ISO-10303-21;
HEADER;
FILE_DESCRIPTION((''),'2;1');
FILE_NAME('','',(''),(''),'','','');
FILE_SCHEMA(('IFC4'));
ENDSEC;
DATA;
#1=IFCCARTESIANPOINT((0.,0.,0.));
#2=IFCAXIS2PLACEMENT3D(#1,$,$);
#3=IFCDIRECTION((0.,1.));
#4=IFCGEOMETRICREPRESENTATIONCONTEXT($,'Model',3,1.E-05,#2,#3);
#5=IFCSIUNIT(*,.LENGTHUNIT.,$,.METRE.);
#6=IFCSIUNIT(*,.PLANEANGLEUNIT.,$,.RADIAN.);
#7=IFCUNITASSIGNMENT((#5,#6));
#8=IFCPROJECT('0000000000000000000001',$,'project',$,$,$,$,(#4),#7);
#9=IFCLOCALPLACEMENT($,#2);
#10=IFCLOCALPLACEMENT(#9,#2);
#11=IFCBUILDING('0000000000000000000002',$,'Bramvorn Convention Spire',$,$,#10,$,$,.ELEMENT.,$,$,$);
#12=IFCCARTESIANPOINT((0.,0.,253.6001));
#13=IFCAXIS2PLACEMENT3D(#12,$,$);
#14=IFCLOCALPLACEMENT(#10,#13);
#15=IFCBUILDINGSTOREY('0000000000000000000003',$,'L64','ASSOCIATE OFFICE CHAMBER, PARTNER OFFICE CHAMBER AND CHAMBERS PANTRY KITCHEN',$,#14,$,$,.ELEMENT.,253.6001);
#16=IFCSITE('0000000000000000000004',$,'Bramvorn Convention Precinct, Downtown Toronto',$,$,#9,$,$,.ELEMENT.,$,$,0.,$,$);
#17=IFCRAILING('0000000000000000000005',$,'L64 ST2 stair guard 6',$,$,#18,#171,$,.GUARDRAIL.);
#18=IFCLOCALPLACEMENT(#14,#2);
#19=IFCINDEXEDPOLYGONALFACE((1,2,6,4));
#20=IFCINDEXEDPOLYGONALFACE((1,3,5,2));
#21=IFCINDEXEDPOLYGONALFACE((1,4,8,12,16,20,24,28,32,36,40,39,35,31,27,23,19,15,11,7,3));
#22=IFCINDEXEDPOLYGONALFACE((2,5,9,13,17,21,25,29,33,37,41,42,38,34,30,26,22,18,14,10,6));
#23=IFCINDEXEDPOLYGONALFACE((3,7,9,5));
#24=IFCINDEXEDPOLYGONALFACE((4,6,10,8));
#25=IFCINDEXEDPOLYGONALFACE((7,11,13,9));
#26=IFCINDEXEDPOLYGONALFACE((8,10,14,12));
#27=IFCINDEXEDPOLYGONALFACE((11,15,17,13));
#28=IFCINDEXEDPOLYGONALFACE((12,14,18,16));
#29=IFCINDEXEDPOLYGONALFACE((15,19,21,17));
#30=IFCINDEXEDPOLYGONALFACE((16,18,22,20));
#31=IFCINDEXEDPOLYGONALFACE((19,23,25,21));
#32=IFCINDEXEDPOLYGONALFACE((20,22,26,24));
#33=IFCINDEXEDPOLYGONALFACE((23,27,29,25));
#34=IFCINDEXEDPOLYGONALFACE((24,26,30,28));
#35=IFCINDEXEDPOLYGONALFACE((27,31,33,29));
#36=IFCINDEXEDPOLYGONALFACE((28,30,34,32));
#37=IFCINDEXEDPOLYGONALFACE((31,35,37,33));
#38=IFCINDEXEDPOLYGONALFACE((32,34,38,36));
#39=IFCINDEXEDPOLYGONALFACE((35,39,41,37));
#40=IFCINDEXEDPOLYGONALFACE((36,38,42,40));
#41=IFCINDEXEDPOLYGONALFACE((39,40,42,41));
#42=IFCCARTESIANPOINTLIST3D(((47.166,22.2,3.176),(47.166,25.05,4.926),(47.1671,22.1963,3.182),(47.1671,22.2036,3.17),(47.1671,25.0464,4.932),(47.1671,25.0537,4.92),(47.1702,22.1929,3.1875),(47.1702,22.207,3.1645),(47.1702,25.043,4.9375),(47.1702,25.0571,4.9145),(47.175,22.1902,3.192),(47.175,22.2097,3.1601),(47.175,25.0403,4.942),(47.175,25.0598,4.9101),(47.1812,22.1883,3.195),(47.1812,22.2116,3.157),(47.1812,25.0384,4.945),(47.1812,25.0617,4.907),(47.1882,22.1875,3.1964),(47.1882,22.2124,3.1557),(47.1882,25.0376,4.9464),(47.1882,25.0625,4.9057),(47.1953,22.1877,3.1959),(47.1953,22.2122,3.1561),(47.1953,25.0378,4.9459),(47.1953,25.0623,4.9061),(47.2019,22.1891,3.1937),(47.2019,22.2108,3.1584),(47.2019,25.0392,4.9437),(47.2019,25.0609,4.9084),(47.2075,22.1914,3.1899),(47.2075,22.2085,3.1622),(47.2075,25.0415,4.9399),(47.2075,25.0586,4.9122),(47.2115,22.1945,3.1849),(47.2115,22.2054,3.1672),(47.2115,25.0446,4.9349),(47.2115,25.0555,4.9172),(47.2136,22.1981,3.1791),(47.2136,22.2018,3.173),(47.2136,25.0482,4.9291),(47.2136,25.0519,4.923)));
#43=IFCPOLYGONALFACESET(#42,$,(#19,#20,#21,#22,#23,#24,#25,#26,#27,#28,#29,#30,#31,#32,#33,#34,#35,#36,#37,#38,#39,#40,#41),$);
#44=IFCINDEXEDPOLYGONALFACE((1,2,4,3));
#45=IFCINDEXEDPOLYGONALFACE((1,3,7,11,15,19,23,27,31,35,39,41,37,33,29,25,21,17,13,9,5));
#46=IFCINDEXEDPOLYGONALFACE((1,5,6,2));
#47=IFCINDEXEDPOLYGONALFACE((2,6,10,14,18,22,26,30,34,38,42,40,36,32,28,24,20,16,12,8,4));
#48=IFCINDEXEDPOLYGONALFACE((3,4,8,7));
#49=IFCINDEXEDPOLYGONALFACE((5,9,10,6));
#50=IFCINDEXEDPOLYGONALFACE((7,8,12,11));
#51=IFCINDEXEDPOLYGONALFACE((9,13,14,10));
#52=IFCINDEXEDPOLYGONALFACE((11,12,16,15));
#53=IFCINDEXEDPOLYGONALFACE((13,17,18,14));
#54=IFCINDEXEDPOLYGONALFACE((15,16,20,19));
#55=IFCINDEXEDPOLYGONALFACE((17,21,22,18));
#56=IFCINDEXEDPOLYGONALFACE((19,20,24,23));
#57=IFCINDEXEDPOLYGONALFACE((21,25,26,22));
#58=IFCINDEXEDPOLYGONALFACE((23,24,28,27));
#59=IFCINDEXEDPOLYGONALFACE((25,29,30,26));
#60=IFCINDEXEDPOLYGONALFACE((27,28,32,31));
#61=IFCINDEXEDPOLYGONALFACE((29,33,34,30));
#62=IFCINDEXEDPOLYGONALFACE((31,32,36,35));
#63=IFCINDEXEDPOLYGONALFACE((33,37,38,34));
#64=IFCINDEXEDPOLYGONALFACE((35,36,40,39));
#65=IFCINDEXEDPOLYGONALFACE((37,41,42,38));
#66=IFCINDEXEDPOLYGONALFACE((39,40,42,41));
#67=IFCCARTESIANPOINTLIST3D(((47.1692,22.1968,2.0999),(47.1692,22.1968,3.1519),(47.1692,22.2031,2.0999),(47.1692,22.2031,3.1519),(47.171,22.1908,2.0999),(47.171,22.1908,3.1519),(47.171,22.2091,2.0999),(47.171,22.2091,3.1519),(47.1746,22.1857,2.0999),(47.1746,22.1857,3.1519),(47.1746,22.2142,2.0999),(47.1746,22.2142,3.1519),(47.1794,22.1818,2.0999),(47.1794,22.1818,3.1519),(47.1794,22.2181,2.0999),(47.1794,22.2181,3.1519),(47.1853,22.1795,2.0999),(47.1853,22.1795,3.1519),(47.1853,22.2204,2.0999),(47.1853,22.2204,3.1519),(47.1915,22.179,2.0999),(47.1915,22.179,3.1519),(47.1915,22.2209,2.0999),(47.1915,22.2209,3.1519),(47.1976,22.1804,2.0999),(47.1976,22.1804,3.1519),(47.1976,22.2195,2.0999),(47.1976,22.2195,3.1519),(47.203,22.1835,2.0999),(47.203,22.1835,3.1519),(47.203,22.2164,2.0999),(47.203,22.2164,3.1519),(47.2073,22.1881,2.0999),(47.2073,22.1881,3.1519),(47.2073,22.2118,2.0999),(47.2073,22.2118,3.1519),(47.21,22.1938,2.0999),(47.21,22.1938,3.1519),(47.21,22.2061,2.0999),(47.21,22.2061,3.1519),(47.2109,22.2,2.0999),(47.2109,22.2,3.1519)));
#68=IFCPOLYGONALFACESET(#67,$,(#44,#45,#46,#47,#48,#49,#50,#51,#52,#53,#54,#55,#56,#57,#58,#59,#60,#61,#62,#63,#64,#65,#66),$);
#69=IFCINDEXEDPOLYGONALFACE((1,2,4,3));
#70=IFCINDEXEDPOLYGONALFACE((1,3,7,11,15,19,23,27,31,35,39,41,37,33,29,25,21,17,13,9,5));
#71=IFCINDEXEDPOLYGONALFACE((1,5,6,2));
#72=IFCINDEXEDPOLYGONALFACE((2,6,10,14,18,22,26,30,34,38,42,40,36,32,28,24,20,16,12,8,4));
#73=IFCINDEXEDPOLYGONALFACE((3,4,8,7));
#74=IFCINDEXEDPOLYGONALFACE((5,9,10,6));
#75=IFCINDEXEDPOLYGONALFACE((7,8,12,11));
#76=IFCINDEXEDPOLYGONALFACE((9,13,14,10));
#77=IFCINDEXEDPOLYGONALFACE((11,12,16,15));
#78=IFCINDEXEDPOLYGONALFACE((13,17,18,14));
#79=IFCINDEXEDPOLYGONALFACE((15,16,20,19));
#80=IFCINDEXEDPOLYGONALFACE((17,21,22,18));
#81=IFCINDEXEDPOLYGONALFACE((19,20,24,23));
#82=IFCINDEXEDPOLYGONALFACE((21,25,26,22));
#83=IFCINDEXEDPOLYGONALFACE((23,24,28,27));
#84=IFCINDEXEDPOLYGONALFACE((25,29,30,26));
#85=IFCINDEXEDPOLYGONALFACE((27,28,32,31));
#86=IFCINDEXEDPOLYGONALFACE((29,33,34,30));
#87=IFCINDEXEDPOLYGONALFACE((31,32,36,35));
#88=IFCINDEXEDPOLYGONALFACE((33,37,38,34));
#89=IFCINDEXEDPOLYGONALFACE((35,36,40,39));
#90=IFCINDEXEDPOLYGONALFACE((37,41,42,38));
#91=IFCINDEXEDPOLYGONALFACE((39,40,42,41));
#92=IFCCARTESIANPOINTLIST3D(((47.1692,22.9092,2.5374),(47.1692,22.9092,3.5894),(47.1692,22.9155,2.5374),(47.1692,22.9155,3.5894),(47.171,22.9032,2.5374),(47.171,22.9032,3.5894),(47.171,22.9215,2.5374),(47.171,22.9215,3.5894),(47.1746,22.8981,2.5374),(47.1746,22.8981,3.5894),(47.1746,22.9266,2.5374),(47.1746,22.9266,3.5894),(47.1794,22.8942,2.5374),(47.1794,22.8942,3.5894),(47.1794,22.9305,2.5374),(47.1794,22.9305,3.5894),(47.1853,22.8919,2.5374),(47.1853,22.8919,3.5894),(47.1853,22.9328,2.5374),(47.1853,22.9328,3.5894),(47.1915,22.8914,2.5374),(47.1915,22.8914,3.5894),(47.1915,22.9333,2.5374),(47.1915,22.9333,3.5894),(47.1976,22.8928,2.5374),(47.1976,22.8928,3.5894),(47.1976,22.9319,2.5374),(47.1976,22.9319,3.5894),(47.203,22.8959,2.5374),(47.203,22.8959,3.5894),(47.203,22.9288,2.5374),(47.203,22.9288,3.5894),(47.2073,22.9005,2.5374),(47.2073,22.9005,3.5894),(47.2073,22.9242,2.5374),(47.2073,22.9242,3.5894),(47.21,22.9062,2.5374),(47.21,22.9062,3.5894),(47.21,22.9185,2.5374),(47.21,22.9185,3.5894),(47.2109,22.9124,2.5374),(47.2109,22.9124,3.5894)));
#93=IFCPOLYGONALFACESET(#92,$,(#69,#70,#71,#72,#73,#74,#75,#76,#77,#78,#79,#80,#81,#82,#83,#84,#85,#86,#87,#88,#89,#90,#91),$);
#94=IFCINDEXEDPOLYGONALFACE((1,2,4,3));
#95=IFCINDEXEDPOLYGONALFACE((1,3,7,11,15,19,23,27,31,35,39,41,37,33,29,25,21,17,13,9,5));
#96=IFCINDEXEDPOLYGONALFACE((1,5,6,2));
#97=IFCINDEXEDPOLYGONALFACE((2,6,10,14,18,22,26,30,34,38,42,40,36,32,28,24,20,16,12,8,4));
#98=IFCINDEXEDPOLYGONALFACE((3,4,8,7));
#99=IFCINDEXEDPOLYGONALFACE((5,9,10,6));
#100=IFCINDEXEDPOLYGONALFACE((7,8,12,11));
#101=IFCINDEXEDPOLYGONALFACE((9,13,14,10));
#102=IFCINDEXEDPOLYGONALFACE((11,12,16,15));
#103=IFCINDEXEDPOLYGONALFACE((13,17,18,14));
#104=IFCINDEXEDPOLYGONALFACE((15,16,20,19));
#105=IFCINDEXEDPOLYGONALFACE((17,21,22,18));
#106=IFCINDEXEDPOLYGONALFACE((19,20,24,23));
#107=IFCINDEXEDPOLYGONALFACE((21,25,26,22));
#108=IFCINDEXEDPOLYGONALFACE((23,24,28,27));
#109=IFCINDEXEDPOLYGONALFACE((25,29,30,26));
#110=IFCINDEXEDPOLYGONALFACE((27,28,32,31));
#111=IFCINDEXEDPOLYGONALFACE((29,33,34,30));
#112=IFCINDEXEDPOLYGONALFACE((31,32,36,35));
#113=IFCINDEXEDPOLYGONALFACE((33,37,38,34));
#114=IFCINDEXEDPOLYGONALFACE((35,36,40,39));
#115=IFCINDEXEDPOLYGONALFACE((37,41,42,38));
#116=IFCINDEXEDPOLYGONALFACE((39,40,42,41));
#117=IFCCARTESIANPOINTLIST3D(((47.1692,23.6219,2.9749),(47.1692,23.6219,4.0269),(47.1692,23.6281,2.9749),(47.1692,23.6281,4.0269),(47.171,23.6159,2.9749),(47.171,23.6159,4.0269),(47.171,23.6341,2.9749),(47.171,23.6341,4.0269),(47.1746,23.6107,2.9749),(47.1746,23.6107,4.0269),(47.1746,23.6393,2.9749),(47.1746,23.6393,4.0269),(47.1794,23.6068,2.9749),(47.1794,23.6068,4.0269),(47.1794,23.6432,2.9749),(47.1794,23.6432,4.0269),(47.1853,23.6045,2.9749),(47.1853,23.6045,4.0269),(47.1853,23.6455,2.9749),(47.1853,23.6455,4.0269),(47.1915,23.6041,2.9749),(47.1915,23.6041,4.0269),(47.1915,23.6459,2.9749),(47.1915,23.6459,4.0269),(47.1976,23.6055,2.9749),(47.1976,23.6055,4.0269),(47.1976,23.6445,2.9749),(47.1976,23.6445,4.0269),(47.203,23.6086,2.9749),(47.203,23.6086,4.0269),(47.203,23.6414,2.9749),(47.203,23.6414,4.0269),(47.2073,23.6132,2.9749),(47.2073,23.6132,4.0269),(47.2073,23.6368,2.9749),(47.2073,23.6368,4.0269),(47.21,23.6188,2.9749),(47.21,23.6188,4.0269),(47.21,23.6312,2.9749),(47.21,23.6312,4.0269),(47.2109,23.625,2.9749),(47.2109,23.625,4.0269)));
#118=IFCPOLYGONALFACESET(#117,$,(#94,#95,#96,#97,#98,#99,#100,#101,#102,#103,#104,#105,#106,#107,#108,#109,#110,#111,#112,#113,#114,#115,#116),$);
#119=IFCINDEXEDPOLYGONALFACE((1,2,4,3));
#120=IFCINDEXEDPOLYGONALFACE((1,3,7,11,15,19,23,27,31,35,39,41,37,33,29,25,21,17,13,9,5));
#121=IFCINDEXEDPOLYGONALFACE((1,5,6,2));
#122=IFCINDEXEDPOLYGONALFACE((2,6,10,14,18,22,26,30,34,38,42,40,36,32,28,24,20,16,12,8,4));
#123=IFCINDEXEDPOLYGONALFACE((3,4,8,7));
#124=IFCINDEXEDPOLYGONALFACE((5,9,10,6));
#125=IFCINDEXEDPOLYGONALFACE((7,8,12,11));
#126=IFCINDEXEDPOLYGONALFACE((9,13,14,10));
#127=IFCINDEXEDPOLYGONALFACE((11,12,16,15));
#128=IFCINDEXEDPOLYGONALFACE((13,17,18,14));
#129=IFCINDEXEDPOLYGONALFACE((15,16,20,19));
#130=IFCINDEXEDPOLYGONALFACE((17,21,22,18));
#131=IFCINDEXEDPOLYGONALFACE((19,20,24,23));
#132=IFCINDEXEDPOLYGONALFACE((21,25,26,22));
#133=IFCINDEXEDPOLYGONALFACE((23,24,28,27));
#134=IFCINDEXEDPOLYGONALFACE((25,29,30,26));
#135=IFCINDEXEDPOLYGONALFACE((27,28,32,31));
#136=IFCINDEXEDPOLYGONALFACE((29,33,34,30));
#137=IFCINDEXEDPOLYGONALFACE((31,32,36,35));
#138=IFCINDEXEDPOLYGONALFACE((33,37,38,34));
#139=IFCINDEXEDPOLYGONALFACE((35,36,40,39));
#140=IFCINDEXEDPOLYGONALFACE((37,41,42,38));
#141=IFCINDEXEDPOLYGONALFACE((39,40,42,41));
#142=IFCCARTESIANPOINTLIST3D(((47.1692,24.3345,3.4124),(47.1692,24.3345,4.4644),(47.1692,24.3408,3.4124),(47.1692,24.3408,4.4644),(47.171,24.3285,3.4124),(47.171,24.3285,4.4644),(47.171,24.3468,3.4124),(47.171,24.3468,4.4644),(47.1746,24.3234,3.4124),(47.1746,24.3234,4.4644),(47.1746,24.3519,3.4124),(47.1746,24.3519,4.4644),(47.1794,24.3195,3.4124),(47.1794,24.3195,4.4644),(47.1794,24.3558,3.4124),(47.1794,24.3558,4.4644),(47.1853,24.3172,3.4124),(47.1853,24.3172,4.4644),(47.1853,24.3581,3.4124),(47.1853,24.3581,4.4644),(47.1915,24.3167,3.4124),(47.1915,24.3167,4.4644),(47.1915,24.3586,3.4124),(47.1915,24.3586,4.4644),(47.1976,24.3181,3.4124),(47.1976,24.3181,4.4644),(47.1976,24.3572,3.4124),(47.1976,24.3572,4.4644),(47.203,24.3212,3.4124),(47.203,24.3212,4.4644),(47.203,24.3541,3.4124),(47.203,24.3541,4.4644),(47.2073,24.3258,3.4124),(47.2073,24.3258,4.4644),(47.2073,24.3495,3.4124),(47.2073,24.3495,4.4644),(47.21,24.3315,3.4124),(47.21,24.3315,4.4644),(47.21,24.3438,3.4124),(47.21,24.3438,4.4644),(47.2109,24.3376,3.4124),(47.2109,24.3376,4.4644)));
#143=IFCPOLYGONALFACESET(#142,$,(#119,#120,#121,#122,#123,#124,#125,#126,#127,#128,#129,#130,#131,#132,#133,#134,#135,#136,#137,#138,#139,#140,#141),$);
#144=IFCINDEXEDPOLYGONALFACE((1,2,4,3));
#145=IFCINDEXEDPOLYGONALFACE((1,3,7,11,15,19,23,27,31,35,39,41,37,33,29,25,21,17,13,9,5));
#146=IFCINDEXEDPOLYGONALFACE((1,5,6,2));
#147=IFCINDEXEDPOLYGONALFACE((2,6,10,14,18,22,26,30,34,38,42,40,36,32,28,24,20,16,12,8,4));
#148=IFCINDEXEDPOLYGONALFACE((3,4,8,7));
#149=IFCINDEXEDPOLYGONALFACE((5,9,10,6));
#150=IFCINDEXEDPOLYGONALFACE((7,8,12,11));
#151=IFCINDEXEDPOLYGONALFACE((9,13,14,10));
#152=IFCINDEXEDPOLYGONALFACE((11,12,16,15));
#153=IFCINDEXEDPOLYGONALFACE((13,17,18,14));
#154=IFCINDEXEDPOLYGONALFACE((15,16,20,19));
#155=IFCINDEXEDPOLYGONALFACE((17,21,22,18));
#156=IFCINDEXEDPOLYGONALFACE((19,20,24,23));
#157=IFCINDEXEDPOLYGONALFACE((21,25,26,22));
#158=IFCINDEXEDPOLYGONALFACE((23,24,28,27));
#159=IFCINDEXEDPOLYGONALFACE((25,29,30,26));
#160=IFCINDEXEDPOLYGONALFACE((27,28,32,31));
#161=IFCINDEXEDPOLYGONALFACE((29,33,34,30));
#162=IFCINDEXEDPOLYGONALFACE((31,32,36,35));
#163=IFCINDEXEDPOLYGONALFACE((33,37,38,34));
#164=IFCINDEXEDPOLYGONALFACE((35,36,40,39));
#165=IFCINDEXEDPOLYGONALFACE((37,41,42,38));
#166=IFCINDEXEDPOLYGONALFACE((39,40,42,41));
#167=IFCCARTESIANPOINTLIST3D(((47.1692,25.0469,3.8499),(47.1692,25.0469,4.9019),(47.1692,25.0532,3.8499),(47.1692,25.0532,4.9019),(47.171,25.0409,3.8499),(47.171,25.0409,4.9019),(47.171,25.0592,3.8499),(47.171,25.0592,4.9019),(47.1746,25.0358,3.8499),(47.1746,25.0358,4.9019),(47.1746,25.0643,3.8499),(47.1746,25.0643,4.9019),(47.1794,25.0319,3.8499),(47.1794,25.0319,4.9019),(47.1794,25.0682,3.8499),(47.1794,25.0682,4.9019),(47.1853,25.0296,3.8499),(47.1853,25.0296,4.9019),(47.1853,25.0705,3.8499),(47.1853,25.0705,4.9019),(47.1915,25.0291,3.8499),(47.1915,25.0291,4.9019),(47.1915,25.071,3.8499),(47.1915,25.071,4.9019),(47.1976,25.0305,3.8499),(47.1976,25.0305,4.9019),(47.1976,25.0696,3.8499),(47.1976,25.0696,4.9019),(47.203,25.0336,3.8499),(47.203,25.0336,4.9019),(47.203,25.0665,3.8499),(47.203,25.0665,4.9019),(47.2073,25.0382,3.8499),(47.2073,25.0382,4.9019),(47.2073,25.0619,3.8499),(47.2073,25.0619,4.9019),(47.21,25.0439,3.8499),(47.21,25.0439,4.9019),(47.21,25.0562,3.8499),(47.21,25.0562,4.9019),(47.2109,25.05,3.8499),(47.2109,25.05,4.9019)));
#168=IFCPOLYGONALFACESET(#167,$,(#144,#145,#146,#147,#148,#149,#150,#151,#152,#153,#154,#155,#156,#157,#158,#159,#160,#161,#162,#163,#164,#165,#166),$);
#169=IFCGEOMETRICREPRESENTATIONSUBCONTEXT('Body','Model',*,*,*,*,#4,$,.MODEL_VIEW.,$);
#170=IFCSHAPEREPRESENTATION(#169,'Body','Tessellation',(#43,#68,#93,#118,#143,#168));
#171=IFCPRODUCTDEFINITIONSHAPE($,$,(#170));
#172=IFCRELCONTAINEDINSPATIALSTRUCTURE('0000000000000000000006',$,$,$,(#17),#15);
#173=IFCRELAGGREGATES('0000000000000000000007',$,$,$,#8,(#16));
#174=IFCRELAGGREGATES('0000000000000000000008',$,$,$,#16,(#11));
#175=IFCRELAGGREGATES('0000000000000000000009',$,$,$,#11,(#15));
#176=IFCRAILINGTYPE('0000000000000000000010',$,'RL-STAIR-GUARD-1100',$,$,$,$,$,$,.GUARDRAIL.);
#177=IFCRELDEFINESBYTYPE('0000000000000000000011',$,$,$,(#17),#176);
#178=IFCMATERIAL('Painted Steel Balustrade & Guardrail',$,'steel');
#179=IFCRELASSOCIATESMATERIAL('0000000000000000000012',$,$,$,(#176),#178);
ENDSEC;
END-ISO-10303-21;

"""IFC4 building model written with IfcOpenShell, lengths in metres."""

from ifc_helpers import new_model, si_unit, direction, frame, origin, origin_2d, place, context, subcontext, project, spatial, circle, extrude, material, type_object, element, save


model = new_model("IFC4")

# Units and contexts
model_context = context("Model", 3, precision=1e-05, world=origin(), true_north=direction((0.0, 1.0)))
body_context = subcontext(model_context, "Body", "Model", "MODEL_VIEW")
ifc_project = project(units=[si_unit("LENGTHUNIT", "METRE"), si_unit("PLANEANGLEUNIT", "RADIAN")], contexts=[model_context])

# Site, building, storey
site_placement = place(None, origin())
site = spatial("IfcSite", under=ifc_project, at=site_placement, Name="Bramvorn Convention Precinct, Downtown Toronto", CompositionType="ELEMENT", RefElevation=0.0)
building_placement = place(site_placement, origin())
building = spatial("IfcBuilding", under=site, at=building_placement, Name="Bramvorn Convention Spire", CompositionType="ELEMENT")
storey_placement = place(building_placement, frame((0.0, 0.0, 253.6001)))
storey = spatial("IfcBuildingStorey", under=building, at=storey_placement, Name="L64", Description="ASSOCIATE OFFICE CHAMBER, PARTNER OFFICE CHAMBER AND CHAMBERS PANTRY KITCHEN", CompositionType="ELEMENT", Elevation=253.6001)

# Railing
ifc_material_1 = material(Name="Painted Steel Balustrade & Guardrail", Category="steel")
railing_type_1 = type_object("IfcRailingType", Name="RL-STAIR-GUARD-1100", PredefinedType="GUARDRAIL", material=ifc_material_1)
railing_1_placement = place(storey_placement, frame((47.1899, 22.2, 2.0999)))
element("IfcRailing", 1, at=railing_1_placement, inside=storey, type_object=railing_type_1, Name="L64 ST2 stair guard 6", PredefinedType="GUARDRAIL", context=body_context, shape_type="SweptSolid", body=[
    extrude(circle(Radius=0.0239, at=origin_2d()), frame((0.0, 0.0, 1.0762), z_axis=(0.0, 0.852179, 0.52325), x_axis=(-1.0, 0.0, 0.0)), (0.0, 0.0, 1.0), 3.3445),
    extrude(circle(Radius=0.021, at=origin_2d()), origin(), (0.0, 0.0, 1.0), 1.052),
    extrude(circle(Radius=0.021, at=origin_2d()), frame((0.0, 0.7124, 0.4375)), (0.0, 0.0, 1.0), 1.052),
    extrude(circle(Radius=0.021, at=origin_2d()), frame((0.0, 1.425, 0.875)), (0.0, 0.0, 1.0), 1.052),
    extrude(circle(Radius=0.021, at=origin_2d()), frame((0.0, 2.1377, 1.3125)), (0.0, 0.0, 1.0), 1.052),
    extrude(circle(Radius=0.021, at=origin_2d()), frame((0.0, 2.8501, 1.75)), (0.0, 0.0, 1.0), 1.052),
])

save(model, "model.ifc")
